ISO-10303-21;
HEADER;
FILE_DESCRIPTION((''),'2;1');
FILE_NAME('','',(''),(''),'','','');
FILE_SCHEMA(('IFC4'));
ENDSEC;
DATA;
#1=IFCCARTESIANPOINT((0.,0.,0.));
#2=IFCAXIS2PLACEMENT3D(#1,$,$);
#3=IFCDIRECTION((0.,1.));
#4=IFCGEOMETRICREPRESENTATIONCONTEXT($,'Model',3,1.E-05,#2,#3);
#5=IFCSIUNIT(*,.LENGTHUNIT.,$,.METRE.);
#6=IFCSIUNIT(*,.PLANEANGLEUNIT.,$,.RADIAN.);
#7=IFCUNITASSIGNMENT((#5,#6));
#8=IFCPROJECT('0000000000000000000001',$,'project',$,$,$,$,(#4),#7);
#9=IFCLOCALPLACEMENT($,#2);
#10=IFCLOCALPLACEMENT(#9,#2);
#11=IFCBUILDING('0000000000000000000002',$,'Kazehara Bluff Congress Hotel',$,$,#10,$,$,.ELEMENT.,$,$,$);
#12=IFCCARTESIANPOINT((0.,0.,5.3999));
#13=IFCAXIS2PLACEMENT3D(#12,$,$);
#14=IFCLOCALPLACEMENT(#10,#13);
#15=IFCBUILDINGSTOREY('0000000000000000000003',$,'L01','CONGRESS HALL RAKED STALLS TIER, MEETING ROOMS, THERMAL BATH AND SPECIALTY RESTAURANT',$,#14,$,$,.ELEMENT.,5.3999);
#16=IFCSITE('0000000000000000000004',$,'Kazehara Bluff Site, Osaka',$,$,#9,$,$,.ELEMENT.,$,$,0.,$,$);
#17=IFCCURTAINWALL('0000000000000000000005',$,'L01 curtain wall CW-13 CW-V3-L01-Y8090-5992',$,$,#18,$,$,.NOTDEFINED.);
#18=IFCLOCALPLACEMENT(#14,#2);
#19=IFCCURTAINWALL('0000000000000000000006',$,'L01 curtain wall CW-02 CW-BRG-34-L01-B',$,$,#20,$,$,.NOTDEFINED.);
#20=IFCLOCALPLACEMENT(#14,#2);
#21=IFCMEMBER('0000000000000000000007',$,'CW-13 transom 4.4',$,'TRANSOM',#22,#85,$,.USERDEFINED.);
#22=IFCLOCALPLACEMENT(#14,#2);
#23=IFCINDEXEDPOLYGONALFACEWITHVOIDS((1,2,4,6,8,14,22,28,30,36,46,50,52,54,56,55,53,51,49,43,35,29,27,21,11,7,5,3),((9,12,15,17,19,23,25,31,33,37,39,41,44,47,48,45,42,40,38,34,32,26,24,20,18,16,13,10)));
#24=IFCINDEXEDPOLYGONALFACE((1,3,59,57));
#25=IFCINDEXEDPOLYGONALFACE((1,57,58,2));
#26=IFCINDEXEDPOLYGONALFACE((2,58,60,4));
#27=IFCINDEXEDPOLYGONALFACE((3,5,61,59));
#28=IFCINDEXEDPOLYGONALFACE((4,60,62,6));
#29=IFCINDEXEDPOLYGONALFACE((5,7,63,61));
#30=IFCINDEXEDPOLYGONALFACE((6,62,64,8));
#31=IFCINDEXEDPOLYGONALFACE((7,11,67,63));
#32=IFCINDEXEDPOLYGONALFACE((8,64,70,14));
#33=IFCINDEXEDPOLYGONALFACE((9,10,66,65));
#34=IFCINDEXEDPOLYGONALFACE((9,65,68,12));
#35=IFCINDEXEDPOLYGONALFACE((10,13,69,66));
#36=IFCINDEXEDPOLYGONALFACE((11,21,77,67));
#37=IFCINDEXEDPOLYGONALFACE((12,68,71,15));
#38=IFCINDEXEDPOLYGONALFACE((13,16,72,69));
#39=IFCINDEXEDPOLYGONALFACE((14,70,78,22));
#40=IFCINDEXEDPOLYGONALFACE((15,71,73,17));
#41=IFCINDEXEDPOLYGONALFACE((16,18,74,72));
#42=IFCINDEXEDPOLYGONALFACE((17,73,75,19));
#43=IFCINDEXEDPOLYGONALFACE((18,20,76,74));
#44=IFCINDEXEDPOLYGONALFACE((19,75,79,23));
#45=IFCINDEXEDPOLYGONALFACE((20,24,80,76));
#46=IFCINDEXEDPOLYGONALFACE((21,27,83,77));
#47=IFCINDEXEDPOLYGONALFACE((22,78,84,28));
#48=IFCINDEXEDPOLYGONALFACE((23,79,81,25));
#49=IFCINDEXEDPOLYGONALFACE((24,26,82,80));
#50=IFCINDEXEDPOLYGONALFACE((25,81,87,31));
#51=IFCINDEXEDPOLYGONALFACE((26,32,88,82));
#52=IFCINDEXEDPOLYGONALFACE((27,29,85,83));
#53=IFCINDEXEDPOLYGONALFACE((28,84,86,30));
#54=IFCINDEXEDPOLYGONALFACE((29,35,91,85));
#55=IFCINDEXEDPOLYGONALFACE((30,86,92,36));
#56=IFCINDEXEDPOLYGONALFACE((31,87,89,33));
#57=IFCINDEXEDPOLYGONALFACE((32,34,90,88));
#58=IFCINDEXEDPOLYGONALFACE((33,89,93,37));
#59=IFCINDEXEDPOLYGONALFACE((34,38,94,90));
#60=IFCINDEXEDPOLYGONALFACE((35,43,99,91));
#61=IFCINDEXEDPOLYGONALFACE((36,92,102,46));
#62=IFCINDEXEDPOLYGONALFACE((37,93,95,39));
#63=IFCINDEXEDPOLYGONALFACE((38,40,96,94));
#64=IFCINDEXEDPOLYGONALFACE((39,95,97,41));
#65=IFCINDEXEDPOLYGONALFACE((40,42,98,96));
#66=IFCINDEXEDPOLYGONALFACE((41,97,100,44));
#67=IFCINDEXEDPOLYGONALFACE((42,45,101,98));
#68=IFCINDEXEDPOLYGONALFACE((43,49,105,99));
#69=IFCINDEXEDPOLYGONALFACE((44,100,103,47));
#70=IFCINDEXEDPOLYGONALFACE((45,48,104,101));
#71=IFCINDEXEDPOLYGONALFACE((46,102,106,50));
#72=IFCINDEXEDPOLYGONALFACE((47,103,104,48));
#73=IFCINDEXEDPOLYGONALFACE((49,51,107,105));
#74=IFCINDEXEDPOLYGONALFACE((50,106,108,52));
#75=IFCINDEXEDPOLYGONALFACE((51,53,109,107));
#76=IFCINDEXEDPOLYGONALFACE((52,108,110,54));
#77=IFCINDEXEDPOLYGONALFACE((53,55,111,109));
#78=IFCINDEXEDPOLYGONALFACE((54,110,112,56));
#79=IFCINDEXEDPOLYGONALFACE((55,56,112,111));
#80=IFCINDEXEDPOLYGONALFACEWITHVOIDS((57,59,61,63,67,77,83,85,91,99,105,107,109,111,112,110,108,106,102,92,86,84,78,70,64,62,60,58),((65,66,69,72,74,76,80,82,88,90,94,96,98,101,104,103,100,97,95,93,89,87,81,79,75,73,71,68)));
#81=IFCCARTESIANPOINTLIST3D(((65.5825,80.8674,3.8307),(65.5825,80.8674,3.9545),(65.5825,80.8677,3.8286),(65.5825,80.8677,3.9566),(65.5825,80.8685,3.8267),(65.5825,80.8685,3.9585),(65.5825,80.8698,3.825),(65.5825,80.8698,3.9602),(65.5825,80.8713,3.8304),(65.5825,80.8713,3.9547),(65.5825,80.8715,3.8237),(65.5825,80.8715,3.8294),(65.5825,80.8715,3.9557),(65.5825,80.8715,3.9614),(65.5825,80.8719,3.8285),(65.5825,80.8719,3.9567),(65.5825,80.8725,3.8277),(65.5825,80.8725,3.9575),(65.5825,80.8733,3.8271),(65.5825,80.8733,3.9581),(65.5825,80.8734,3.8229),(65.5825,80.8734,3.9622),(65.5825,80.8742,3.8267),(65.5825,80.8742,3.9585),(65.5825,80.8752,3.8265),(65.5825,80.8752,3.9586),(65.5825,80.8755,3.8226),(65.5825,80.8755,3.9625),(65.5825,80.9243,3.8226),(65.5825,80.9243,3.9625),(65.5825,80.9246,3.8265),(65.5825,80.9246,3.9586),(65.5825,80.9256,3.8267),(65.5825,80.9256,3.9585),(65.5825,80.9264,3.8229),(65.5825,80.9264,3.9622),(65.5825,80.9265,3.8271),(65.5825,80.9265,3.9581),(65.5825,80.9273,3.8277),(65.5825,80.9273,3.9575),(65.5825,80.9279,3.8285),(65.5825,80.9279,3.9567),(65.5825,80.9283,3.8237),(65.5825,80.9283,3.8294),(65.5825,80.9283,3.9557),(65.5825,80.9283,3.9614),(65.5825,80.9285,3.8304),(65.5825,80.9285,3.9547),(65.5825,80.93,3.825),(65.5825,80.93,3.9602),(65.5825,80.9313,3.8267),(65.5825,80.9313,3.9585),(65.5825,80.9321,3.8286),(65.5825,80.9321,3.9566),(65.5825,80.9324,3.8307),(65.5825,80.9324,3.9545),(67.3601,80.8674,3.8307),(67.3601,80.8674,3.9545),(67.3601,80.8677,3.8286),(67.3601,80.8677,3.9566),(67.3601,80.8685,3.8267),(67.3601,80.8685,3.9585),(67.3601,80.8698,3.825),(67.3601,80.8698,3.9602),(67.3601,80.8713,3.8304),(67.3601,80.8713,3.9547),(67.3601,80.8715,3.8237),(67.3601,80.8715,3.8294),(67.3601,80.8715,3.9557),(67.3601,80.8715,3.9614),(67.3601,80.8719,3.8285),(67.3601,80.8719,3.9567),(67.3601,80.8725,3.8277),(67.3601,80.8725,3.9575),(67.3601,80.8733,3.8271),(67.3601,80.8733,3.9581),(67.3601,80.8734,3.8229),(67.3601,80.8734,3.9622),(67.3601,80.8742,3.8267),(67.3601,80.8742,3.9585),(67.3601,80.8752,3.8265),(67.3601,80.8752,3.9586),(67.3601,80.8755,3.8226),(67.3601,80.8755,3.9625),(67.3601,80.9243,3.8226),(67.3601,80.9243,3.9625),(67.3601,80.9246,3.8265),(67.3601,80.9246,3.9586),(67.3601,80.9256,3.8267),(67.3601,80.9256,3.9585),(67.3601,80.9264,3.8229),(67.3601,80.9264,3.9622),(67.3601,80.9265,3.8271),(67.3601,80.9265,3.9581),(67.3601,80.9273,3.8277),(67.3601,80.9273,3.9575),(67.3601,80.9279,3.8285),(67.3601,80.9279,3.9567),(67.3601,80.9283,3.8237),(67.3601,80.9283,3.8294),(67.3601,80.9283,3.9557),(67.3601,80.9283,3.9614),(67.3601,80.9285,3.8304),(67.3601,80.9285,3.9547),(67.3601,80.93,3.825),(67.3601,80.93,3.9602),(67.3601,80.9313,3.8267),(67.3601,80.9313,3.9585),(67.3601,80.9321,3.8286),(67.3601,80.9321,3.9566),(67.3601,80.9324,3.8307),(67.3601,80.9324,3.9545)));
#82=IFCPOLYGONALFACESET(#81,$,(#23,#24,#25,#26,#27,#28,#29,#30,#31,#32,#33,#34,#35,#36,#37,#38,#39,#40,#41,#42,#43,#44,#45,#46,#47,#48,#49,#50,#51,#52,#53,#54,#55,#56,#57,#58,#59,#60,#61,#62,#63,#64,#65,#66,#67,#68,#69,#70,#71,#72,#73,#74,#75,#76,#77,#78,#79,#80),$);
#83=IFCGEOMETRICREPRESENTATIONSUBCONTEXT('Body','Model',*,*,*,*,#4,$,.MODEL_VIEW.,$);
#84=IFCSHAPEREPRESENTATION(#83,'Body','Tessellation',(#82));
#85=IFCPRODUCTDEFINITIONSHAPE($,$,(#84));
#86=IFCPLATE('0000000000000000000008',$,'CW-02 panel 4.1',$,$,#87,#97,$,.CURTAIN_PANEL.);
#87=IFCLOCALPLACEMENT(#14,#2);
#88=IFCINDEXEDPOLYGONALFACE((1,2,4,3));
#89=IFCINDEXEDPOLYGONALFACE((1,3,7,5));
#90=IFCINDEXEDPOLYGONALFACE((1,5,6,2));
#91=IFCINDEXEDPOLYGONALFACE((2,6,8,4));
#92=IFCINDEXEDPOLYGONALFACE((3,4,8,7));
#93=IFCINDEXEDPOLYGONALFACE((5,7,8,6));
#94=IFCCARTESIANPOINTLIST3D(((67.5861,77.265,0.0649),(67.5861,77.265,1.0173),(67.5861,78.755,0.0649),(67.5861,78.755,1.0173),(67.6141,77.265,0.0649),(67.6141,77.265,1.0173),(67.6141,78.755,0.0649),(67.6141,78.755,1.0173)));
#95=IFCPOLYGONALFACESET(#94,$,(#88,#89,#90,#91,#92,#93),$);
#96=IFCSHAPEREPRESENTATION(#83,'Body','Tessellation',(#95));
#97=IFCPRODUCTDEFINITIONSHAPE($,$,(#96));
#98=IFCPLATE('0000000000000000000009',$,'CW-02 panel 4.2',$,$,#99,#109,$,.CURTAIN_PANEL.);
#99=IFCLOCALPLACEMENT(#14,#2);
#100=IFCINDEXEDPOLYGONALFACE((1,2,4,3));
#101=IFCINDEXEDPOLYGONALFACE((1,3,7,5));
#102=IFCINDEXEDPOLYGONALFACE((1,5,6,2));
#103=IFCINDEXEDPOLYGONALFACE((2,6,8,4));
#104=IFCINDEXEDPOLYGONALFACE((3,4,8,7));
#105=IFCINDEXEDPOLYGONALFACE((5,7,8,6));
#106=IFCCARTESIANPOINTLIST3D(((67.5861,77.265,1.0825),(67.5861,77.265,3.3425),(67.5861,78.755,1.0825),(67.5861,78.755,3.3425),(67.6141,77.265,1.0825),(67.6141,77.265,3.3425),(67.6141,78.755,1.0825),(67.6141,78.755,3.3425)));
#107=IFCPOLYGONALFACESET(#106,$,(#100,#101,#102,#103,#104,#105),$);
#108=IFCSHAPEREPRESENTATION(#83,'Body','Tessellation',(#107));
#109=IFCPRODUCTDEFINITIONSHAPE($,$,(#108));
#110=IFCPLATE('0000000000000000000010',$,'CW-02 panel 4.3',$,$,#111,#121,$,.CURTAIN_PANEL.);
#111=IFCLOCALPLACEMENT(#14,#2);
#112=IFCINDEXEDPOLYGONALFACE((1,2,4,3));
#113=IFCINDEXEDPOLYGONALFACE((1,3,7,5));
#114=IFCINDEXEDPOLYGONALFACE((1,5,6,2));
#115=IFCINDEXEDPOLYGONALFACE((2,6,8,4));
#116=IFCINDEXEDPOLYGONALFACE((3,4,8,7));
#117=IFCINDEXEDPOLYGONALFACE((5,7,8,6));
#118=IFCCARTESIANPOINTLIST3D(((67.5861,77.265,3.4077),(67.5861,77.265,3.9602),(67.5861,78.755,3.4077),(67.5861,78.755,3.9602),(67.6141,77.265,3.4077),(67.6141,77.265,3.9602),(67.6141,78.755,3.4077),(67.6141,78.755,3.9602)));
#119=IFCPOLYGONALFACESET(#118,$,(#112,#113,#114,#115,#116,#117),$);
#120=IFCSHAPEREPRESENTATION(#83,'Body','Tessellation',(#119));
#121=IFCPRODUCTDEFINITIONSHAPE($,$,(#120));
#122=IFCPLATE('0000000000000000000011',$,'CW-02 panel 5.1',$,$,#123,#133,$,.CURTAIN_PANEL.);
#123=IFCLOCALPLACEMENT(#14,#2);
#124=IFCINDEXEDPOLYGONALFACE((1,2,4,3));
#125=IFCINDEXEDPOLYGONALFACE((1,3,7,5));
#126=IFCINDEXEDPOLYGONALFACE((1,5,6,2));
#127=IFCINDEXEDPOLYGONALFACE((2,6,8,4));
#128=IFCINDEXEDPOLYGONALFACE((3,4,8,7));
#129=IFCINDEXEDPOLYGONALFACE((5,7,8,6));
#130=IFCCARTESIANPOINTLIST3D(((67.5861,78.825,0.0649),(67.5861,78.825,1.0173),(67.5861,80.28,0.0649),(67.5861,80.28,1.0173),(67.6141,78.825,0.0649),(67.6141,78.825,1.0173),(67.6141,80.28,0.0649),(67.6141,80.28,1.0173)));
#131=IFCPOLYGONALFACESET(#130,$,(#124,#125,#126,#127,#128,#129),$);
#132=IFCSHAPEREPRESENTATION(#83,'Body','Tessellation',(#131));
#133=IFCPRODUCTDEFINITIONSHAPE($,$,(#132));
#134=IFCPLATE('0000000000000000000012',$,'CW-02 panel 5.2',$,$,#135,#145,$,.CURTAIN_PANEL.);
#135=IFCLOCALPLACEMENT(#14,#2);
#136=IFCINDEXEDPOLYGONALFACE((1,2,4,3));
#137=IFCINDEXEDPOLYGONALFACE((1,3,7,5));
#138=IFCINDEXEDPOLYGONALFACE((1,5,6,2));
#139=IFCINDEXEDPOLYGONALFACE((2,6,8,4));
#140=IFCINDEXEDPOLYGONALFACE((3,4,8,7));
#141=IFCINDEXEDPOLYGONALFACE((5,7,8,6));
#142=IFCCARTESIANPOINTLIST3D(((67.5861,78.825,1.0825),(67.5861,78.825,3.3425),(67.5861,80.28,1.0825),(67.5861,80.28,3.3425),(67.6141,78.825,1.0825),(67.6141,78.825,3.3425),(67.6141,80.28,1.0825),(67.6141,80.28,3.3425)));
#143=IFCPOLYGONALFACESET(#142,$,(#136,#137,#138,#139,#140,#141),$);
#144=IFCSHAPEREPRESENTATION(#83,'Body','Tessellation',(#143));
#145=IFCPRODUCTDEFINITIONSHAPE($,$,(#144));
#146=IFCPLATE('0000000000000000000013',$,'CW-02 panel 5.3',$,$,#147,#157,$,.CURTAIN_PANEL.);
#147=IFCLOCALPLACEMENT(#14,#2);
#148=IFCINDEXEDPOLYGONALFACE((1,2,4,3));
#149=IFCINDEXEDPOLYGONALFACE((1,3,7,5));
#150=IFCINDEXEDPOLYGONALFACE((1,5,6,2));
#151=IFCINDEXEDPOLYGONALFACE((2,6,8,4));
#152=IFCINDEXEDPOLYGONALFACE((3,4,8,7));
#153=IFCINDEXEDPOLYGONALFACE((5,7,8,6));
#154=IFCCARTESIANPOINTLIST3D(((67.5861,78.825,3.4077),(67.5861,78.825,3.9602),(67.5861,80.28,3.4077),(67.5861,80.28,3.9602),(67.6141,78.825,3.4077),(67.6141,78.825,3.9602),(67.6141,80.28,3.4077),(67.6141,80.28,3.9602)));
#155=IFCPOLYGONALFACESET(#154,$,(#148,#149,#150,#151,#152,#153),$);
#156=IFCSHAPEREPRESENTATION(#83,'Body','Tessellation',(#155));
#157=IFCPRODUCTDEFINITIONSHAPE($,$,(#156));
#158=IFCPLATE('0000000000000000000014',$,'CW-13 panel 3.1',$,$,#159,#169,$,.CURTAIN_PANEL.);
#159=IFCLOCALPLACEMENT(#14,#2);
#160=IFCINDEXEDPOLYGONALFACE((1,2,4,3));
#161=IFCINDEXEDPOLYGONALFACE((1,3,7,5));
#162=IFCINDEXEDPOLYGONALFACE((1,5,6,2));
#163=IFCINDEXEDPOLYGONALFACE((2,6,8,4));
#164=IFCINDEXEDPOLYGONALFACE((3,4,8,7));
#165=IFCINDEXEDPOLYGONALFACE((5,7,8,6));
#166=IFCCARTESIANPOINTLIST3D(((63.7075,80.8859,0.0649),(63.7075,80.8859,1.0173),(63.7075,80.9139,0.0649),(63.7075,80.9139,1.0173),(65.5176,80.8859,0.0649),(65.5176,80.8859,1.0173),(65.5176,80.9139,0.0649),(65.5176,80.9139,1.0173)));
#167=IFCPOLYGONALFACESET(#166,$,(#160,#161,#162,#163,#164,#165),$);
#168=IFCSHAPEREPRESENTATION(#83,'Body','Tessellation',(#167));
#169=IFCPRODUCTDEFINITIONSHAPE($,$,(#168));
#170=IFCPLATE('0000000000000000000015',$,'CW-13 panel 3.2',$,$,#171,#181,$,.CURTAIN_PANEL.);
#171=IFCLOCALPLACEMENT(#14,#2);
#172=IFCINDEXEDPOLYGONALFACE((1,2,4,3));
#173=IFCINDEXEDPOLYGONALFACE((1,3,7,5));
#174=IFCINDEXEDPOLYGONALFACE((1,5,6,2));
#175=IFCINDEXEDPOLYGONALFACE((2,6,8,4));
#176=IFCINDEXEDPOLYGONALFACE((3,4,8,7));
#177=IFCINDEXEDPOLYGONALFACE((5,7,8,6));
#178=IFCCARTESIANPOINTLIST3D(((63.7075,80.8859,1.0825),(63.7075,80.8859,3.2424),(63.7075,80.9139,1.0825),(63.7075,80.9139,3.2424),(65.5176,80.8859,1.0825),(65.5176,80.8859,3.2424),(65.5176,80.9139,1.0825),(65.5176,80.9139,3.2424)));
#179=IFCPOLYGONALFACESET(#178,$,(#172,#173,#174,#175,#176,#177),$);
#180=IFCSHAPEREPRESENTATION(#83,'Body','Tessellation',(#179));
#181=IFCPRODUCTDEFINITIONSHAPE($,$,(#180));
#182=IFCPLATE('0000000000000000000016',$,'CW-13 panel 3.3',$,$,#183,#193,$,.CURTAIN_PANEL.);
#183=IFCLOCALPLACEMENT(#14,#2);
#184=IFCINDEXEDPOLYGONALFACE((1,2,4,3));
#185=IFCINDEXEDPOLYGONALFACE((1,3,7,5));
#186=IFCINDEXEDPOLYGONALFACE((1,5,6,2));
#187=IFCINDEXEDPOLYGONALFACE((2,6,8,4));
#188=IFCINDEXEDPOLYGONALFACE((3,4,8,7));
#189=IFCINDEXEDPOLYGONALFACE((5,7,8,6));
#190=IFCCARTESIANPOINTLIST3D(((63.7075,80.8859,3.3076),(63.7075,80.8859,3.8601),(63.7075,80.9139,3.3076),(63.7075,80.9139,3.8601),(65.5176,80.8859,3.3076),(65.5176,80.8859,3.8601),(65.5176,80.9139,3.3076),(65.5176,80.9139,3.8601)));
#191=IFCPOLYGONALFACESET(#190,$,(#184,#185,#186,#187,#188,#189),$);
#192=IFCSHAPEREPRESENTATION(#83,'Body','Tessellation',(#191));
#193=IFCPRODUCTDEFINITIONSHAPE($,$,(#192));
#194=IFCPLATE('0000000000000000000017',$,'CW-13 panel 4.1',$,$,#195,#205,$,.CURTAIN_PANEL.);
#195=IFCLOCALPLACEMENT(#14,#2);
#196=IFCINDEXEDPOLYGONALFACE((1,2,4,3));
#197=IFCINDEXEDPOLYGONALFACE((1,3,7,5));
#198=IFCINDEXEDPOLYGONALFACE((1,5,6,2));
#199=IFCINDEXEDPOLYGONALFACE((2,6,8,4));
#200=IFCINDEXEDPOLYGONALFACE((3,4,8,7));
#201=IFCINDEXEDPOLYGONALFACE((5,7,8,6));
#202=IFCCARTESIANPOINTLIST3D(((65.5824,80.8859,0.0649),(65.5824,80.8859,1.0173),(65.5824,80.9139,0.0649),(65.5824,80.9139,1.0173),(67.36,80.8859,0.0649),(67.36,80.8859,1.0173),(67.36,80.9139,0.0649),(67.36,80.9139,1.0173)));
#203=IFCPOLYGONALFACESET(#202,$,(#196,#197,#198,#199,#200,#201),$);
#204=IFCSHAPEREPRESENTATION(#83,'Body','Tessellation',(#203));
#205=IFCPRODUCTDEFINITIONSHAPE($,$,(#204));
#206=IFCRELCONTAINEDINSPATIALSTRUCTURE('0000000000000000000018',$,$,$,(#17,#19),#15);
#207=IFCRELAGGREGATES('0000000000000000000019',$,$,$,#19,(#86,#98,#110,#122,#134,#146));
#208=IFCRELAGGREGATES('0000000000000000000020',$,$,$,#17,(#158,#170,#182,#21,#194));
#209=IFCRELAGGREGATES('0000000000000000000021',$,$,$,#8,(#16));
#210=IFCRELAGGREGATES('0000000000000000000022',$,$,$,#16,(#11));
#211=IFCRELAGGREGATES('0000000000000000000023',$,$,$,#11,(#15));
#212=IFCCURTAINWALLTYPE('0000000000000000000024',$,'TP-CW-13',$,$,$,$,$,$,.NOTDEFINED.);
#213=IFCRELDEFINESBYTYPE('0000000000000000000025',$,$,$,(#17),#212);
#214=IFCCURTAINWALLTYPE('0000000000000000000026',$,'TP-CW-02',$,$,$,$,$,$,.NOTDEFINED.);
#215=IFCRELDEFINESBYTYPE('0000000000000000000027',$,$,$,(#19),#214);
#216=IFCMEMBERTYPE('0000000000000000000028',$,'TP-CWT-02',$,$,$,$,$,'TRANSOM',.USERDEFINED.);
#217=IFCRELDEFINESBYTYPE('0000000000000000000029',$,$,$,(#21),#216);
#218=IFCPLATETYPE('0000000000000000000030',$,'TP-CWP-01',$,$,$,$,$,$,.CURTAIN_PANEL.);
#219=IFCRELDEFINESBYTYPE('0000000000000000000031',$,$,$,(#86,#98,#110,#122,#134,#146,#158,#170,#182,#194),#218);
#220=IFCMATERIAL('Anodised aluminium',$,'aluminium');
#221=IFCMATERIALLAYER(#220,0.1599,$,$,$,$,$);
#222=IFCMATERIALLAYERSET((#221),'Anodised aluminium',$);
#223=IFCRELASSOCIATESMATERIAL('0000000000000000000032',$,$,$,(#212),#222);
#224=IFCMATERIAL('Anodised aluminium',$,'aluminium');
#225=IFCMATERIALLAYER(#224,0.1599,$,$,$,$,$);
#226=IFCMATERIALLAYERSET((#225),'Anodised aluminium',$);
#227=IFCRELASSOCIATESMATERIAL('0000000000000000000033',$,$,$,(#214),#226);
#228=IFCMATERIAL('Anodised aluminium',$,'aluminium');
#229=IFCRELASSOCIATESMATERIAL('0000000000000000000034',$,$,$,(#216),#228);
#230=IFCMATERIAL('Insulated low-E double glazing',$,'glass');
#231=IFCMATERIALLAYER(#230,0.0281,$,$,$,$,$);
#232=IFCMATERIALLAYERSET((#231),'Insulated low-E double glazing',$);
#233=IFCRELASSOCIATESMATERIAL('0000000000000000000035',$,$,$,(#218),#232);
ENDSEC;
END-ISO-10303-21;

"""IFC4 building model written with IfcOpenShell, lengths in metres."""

from ifc_helpers import new_model, si_unit, direction, frame, origin, origin_2d, place, context, subcontext, project, spatial, rectangle, hollow_rectangle, extrude, material, layer, layer_set, material_profile, profile_set, type_object, element, aggregate, save


model = new_model("IFC4")

# Units and contexts
model_context = context("Model", 3, precision=1e-05, world=origin(), true_north=direction((0.0, 1.0)))
body_context = subcontext(model_context, "Body", "Model", "MODEL_VIEW")
ifc_project = project(units=[si_unit("LENGTHUNIT", "METRE"), si_unit("PLANEANGLEUNIT", "RADIAN")], contexts=[model_context])

# Site, building, storey
site_placement = place(None, origin())
site = spatial("IfcSite", under=ifc_project, at=site_placement, Name="Kazehara Bluff Site, Osaka", CompositionType="ELEMENT", RefElevation=0.0)
building_placement = place(site_placement, origin())
building = spatial("IfcBuilding", under=site, at=building_placement, Name="Kazehara Bluff Congress Hotel", CompositionType="ELEMENT")
storey_placement = place(building_placement, frame((0.0, 0.0, 5.3999)))
storey = spatial("IfcBuildingStorey", under=building, at=storey_placement, Name="L01", Description="CONGRESS HALL RAKED STALLS TIER, MEETING ROOMS, THERMAL BATH AND SPECIALTY RESTAURANT", CompositionType="ELEMENT", Elevation=5.3999)

# Curtain walls
ifc_material_1 = material(Name="Anodised aluminium", Category="aluminium")
ifc_layer_1 = layer(ifc_material_1, 0.1599)
ifc_layer_set_1 = layer_set([ifc_layer_1], Name="Anodised aluminium")
curtain_wall_type_1 = type_object("IfcCurtainWallType", Name="TP-CW-13", PredefinedType="NOTDEFINED", material=ifc_layer_set_1)
curtain_wall_1_placement = place(storey_placement, origin())
curtain_wall_1 = element("IfcCurtainWall", 1, at=curtain_wall_1_placement, inside=storey, type_object=curtain_wall_type_1, Name="L01 curtain wall CW-13 CW-V3-L01-Y8090-5992", PredefinedType="NOTDEFINED")
ifc_material_2 = material(Name="Anodised aluminium", Category="aluminium")
ifc_layer_2 = layer(ifc_material_2, 0.1599)
ifc_layer_set_2 = layer_set([ifc_layer_2], Name="Anodised aluminium")
curtain_wall_type_2 = type_object("IfcCurtainWallType", Name="TP-CW-02", PredefinedType="NOTDEFINED", material=ifc_layer_set_2)
curtain_wall_2_placement = place(storey_placement, origin())
curtain_wall_2 = element("IfcCurtainWall", 2, at=curtain_wall_2_placement, inside=storey, type_object=curtain_wall_type_2, Name="L01 curtain wall CW-02 CW-BRG-34-L01-B", PredefinedType="NOTDEFINED")
ifc_material_3 = material(Name="Anodised aluminium", Category="aluminium")
ifc_material_profile_1 = material_profile(ifc_material_3, hollow_rectangle(XDim=0.0649, YDim=0.1399, WallThickness=0.0039, InnerFilletRadius=0.0039, OuterFilletRadius=0.0081, at=origin_2d()))
ifc_profile_set_1 = profile_set([ifc_material_profile_1], Name="Anodised aluminium")
member_type_1 = type_object("IfcMemberType", Name="TP-CWT-02", ElementType="TRANSOM", PredefinedType="USERDEFINED", material=ifc_profile_set_1)

# Member
member_1_placement = place(storey_placement, frame((65.5825, 80.8999, 3.8926), z_axis=(1.0, 0.0, 0.0), x_axis=(0.0, 1.0, 0.0)))
member_1 = element("IfcMember", 3, at=member_1_placement, type_object=member_type_1, Name="CW-13 transom 4.4", ObjectType="TRANSOM", PredefinedType="USERDEFINED", context=body_context, shape_type="SweptSolid", body=[
    extrude(hollow_rectangle(XDim=0.0649, YDim=0.1399, WallThickness=0.0039, InnerFilletRadius=0.0039, OuterFilletRadius=0.0081, at=origin_2d()), origin(), (0.0, 0.0, 1.0), 1.7776),
])

# Plates
ifc_material_4 = material(Name="Insulated low-E double glazing", Category="glass")
ifc_layer_3 = layer(ifc_material_4, 0.0281)
ifc_layer_set_3 = layer_set([ifc_layer_3], Name="Insulated low-E double glazing")
plate_type = type_object("IfcPlateType", Name="TP-CWP-01", PredefinedType="CURTAIN_PANEL", material=ifc_layer_set_3)
plate_1_placement = place(storey_placement, frame((67.6001, 78.01, 0.0649), z_axis=(0.0, 0.0, 1.0), x_axis=(0.0, 1.0, 0.0)))
plate_1 = element("IfcPlate", 4, at=plate_1_placement, type_object=plate_type, Name="CW-02 panel 4.1", PredefinedType="CURTAIN_PANEL", context=body_context, shape_type="SweptSolid", body=[
    extrude(rectangle(XDim=1.49, YDim=0.0281, at=origin_2d()), origin(), (0.0, 0.0, 1.0), 0.9524),
])
plate_2_placement = place(storey_placement, frame((67.6001, 78.01, 1.0825), z_axis=(0.0, 0.0, 1.0), x_axis=(0.0, 1.0, 0.0)))
plate_2 = element("IfcPlate", 5, at=plate_2_placement, type_object=plate_type, Name="CW-02 panel 4.2", PredefinedType="CURTAIN_PANEL", context=body_context, shape_type="SweptSolid", body=[
    extrude(rectangle(XDim=1.49, YDim=0.0281, at=origin_2d()), origin(), (0.0, 0.0, 1.0), 2.26),
])
plate_3_placement = place(storey_placement, frame((67.6001, 78.01, 3.4077), z_axis=(0.0, 0.0, 1.0), x_axis=(0.0, 1.0, 0.0)))
plate_3 = element("IfcPlate", 6, at=plate_3_placement, type_object=plate_type, Name="CW-02 panel 4.3", PredefinedType="CURTAIN_PANEL", context=body_context, shape_type="SweptSolid", body=[
    extrude(rectangle(XDim=1.49, YDim=0.0281, at=origin_2d()), origin(), (0.0, 0.0, 1.0), 0.5525),
])
plate_4_placement = place(storey_placement, frame((67.6001, 79.5525, 0.0649), z_axis=(0.0, 0.0, 1.0), x_axis=(0.0, 1.0, 0.0)))
plate_4 = element("IfcPlate", 7, at=plate_4_placement, type_object=plate_type, Name="CW-02 panel 5.1", PredefinedType="CURTAIN_PANEL", context=body_context, shape_type="SweptSolid", body=[
    extrude(rectangle(XDim=1.4551, YDim=0.0281, at=origin_2d()), origin(), (0.0, 0.0, 1.0), 0.9524),
])
plate_5_placement = place(storey_placement, frame((67.6001, 79.5525, 1.0825), z_axis=(0.0, 0.0, 1.0), x_axis=(0.0, 1.0, 0.0)))
plate_5 = element("IfcPlate", 8, at=plate_5_placement, type_object=plate_type, Name="CW-02 panel 5.2", PredefinedType="CURTAIN_PANEL", context=body_context, shape_type="SweptSolid", body=[
    extrude(rectangle(XDim=1.4551, YDim=0.0281, at=origin_2d()), origin(), (0.0, 0.0, 1.0), 2.26),
])
plate_6_placement = place(storey_placement, frame((67.6001, 79.5525, 3.4077), z_axis=(0.0, 0.0, 1.0), x_axis=(0.0, 1.0, 0.0)))
plate_6 = element("IfcPlate", 9, at=plate_6_placement, type_object=plate_type, Name="CW-02 panel 5.3", PredefinedType="CURTAIN_PANEL", context=body_context, shape_type="SweptSolid", body=[
    extrude(rectangle(XDim=1.4551, YDim=0.0281, at=origin_2d()), origin(), (0.0, 0.0, 1.0), 0.5525),
])
aggregate(curtain_wall_2, [plate_1, plate_2, plate_3, plate_4, plate_5, plate_6])
plate_7_placement = place(storey_placement, frame((64.6125, 80.8999, 0.0649), z_axis=(0.0, 0.0, 1.0), x_axis=(1.0, 0.0, 0.0)))
plate_7 = element("IfcPlate", 10, at=plate_7_placement, type_object=plate_type, Name="CW-13 panel 3.1", PredefinedType="CURTAIN_PANEL", context=body_context, shape_type="SweptSolid", body=[
    extrude(rectangle(XDim=1.8101, YDim=0.0281, at=origin_2d()), origin(), (0.0, 0.0, 1.0), 0.9524),
])
plate_8_placement = place(storey_placement, frame((64.6125, 80.8999, 1.0825), z_axis=(0.0, 0.0, 1.0), x_axis=(1.0, 0.0, 0.0)))
plate_8 = element("IfcPlate", 11, at=plate_8_placement, type_object=plate_type, Name="CW-13 panel 3.2", PredefinedType="CURTAIN_PANEL", context=body_context, shape_type="SweptSolid", body=[
    extrude(rectangle(XDim=1.8101, YDim=0.0281, at=origin_2d()), origin(), (0.0, 0.0, 1.0), 2.1599),
])
plate_9_placement = place(storey_placement, frame((64.6125, 80.8999, 3.3076), z_axis=(0.0, 0.0, 1.0), x_axis=(1.0, 0.0, 0.0)))
plate_9 = element("IfcPlate", 12, at=plate_9_placement, type_object=plate_type, Name="CW-13 panel 3.3", PredefinedType="CURTAIN_PANEL", context=body_context, shape_type="SweptSolid", body=[
    extrude(rectangle(XDim=1.8101, YDim=0.0281, at=origin_2d()), origin(), (0.0, 0.0, 1.0), 0.5525),
])
plate_10_placement = place(storey_placement, frame((66.4712, 80.8999, 0.0649), z_axis=(0.0, 0.0, 1.0), x_axis=(1.0, 0.0, 0.0)))
plate_10 = element("IfcPlate", 13, at=plate_10_placement, type_object=plate_type, Name="CW-13 panel 4.1", PredefinedType="CURTAIN_PANEL", context=body_context, shape_type="SweptSolid", body=[
    extrude(rectangle(XDim=1.7776, YDim=0.0281, at=origin_2d()), origin(), (0.0, 0.0, 1.0), 0.9524),
])
aggregate(curtain_wall_1, [plate_7, plate_8, plate_9, member_1, plate_10])

save(model, "model.ifc")
